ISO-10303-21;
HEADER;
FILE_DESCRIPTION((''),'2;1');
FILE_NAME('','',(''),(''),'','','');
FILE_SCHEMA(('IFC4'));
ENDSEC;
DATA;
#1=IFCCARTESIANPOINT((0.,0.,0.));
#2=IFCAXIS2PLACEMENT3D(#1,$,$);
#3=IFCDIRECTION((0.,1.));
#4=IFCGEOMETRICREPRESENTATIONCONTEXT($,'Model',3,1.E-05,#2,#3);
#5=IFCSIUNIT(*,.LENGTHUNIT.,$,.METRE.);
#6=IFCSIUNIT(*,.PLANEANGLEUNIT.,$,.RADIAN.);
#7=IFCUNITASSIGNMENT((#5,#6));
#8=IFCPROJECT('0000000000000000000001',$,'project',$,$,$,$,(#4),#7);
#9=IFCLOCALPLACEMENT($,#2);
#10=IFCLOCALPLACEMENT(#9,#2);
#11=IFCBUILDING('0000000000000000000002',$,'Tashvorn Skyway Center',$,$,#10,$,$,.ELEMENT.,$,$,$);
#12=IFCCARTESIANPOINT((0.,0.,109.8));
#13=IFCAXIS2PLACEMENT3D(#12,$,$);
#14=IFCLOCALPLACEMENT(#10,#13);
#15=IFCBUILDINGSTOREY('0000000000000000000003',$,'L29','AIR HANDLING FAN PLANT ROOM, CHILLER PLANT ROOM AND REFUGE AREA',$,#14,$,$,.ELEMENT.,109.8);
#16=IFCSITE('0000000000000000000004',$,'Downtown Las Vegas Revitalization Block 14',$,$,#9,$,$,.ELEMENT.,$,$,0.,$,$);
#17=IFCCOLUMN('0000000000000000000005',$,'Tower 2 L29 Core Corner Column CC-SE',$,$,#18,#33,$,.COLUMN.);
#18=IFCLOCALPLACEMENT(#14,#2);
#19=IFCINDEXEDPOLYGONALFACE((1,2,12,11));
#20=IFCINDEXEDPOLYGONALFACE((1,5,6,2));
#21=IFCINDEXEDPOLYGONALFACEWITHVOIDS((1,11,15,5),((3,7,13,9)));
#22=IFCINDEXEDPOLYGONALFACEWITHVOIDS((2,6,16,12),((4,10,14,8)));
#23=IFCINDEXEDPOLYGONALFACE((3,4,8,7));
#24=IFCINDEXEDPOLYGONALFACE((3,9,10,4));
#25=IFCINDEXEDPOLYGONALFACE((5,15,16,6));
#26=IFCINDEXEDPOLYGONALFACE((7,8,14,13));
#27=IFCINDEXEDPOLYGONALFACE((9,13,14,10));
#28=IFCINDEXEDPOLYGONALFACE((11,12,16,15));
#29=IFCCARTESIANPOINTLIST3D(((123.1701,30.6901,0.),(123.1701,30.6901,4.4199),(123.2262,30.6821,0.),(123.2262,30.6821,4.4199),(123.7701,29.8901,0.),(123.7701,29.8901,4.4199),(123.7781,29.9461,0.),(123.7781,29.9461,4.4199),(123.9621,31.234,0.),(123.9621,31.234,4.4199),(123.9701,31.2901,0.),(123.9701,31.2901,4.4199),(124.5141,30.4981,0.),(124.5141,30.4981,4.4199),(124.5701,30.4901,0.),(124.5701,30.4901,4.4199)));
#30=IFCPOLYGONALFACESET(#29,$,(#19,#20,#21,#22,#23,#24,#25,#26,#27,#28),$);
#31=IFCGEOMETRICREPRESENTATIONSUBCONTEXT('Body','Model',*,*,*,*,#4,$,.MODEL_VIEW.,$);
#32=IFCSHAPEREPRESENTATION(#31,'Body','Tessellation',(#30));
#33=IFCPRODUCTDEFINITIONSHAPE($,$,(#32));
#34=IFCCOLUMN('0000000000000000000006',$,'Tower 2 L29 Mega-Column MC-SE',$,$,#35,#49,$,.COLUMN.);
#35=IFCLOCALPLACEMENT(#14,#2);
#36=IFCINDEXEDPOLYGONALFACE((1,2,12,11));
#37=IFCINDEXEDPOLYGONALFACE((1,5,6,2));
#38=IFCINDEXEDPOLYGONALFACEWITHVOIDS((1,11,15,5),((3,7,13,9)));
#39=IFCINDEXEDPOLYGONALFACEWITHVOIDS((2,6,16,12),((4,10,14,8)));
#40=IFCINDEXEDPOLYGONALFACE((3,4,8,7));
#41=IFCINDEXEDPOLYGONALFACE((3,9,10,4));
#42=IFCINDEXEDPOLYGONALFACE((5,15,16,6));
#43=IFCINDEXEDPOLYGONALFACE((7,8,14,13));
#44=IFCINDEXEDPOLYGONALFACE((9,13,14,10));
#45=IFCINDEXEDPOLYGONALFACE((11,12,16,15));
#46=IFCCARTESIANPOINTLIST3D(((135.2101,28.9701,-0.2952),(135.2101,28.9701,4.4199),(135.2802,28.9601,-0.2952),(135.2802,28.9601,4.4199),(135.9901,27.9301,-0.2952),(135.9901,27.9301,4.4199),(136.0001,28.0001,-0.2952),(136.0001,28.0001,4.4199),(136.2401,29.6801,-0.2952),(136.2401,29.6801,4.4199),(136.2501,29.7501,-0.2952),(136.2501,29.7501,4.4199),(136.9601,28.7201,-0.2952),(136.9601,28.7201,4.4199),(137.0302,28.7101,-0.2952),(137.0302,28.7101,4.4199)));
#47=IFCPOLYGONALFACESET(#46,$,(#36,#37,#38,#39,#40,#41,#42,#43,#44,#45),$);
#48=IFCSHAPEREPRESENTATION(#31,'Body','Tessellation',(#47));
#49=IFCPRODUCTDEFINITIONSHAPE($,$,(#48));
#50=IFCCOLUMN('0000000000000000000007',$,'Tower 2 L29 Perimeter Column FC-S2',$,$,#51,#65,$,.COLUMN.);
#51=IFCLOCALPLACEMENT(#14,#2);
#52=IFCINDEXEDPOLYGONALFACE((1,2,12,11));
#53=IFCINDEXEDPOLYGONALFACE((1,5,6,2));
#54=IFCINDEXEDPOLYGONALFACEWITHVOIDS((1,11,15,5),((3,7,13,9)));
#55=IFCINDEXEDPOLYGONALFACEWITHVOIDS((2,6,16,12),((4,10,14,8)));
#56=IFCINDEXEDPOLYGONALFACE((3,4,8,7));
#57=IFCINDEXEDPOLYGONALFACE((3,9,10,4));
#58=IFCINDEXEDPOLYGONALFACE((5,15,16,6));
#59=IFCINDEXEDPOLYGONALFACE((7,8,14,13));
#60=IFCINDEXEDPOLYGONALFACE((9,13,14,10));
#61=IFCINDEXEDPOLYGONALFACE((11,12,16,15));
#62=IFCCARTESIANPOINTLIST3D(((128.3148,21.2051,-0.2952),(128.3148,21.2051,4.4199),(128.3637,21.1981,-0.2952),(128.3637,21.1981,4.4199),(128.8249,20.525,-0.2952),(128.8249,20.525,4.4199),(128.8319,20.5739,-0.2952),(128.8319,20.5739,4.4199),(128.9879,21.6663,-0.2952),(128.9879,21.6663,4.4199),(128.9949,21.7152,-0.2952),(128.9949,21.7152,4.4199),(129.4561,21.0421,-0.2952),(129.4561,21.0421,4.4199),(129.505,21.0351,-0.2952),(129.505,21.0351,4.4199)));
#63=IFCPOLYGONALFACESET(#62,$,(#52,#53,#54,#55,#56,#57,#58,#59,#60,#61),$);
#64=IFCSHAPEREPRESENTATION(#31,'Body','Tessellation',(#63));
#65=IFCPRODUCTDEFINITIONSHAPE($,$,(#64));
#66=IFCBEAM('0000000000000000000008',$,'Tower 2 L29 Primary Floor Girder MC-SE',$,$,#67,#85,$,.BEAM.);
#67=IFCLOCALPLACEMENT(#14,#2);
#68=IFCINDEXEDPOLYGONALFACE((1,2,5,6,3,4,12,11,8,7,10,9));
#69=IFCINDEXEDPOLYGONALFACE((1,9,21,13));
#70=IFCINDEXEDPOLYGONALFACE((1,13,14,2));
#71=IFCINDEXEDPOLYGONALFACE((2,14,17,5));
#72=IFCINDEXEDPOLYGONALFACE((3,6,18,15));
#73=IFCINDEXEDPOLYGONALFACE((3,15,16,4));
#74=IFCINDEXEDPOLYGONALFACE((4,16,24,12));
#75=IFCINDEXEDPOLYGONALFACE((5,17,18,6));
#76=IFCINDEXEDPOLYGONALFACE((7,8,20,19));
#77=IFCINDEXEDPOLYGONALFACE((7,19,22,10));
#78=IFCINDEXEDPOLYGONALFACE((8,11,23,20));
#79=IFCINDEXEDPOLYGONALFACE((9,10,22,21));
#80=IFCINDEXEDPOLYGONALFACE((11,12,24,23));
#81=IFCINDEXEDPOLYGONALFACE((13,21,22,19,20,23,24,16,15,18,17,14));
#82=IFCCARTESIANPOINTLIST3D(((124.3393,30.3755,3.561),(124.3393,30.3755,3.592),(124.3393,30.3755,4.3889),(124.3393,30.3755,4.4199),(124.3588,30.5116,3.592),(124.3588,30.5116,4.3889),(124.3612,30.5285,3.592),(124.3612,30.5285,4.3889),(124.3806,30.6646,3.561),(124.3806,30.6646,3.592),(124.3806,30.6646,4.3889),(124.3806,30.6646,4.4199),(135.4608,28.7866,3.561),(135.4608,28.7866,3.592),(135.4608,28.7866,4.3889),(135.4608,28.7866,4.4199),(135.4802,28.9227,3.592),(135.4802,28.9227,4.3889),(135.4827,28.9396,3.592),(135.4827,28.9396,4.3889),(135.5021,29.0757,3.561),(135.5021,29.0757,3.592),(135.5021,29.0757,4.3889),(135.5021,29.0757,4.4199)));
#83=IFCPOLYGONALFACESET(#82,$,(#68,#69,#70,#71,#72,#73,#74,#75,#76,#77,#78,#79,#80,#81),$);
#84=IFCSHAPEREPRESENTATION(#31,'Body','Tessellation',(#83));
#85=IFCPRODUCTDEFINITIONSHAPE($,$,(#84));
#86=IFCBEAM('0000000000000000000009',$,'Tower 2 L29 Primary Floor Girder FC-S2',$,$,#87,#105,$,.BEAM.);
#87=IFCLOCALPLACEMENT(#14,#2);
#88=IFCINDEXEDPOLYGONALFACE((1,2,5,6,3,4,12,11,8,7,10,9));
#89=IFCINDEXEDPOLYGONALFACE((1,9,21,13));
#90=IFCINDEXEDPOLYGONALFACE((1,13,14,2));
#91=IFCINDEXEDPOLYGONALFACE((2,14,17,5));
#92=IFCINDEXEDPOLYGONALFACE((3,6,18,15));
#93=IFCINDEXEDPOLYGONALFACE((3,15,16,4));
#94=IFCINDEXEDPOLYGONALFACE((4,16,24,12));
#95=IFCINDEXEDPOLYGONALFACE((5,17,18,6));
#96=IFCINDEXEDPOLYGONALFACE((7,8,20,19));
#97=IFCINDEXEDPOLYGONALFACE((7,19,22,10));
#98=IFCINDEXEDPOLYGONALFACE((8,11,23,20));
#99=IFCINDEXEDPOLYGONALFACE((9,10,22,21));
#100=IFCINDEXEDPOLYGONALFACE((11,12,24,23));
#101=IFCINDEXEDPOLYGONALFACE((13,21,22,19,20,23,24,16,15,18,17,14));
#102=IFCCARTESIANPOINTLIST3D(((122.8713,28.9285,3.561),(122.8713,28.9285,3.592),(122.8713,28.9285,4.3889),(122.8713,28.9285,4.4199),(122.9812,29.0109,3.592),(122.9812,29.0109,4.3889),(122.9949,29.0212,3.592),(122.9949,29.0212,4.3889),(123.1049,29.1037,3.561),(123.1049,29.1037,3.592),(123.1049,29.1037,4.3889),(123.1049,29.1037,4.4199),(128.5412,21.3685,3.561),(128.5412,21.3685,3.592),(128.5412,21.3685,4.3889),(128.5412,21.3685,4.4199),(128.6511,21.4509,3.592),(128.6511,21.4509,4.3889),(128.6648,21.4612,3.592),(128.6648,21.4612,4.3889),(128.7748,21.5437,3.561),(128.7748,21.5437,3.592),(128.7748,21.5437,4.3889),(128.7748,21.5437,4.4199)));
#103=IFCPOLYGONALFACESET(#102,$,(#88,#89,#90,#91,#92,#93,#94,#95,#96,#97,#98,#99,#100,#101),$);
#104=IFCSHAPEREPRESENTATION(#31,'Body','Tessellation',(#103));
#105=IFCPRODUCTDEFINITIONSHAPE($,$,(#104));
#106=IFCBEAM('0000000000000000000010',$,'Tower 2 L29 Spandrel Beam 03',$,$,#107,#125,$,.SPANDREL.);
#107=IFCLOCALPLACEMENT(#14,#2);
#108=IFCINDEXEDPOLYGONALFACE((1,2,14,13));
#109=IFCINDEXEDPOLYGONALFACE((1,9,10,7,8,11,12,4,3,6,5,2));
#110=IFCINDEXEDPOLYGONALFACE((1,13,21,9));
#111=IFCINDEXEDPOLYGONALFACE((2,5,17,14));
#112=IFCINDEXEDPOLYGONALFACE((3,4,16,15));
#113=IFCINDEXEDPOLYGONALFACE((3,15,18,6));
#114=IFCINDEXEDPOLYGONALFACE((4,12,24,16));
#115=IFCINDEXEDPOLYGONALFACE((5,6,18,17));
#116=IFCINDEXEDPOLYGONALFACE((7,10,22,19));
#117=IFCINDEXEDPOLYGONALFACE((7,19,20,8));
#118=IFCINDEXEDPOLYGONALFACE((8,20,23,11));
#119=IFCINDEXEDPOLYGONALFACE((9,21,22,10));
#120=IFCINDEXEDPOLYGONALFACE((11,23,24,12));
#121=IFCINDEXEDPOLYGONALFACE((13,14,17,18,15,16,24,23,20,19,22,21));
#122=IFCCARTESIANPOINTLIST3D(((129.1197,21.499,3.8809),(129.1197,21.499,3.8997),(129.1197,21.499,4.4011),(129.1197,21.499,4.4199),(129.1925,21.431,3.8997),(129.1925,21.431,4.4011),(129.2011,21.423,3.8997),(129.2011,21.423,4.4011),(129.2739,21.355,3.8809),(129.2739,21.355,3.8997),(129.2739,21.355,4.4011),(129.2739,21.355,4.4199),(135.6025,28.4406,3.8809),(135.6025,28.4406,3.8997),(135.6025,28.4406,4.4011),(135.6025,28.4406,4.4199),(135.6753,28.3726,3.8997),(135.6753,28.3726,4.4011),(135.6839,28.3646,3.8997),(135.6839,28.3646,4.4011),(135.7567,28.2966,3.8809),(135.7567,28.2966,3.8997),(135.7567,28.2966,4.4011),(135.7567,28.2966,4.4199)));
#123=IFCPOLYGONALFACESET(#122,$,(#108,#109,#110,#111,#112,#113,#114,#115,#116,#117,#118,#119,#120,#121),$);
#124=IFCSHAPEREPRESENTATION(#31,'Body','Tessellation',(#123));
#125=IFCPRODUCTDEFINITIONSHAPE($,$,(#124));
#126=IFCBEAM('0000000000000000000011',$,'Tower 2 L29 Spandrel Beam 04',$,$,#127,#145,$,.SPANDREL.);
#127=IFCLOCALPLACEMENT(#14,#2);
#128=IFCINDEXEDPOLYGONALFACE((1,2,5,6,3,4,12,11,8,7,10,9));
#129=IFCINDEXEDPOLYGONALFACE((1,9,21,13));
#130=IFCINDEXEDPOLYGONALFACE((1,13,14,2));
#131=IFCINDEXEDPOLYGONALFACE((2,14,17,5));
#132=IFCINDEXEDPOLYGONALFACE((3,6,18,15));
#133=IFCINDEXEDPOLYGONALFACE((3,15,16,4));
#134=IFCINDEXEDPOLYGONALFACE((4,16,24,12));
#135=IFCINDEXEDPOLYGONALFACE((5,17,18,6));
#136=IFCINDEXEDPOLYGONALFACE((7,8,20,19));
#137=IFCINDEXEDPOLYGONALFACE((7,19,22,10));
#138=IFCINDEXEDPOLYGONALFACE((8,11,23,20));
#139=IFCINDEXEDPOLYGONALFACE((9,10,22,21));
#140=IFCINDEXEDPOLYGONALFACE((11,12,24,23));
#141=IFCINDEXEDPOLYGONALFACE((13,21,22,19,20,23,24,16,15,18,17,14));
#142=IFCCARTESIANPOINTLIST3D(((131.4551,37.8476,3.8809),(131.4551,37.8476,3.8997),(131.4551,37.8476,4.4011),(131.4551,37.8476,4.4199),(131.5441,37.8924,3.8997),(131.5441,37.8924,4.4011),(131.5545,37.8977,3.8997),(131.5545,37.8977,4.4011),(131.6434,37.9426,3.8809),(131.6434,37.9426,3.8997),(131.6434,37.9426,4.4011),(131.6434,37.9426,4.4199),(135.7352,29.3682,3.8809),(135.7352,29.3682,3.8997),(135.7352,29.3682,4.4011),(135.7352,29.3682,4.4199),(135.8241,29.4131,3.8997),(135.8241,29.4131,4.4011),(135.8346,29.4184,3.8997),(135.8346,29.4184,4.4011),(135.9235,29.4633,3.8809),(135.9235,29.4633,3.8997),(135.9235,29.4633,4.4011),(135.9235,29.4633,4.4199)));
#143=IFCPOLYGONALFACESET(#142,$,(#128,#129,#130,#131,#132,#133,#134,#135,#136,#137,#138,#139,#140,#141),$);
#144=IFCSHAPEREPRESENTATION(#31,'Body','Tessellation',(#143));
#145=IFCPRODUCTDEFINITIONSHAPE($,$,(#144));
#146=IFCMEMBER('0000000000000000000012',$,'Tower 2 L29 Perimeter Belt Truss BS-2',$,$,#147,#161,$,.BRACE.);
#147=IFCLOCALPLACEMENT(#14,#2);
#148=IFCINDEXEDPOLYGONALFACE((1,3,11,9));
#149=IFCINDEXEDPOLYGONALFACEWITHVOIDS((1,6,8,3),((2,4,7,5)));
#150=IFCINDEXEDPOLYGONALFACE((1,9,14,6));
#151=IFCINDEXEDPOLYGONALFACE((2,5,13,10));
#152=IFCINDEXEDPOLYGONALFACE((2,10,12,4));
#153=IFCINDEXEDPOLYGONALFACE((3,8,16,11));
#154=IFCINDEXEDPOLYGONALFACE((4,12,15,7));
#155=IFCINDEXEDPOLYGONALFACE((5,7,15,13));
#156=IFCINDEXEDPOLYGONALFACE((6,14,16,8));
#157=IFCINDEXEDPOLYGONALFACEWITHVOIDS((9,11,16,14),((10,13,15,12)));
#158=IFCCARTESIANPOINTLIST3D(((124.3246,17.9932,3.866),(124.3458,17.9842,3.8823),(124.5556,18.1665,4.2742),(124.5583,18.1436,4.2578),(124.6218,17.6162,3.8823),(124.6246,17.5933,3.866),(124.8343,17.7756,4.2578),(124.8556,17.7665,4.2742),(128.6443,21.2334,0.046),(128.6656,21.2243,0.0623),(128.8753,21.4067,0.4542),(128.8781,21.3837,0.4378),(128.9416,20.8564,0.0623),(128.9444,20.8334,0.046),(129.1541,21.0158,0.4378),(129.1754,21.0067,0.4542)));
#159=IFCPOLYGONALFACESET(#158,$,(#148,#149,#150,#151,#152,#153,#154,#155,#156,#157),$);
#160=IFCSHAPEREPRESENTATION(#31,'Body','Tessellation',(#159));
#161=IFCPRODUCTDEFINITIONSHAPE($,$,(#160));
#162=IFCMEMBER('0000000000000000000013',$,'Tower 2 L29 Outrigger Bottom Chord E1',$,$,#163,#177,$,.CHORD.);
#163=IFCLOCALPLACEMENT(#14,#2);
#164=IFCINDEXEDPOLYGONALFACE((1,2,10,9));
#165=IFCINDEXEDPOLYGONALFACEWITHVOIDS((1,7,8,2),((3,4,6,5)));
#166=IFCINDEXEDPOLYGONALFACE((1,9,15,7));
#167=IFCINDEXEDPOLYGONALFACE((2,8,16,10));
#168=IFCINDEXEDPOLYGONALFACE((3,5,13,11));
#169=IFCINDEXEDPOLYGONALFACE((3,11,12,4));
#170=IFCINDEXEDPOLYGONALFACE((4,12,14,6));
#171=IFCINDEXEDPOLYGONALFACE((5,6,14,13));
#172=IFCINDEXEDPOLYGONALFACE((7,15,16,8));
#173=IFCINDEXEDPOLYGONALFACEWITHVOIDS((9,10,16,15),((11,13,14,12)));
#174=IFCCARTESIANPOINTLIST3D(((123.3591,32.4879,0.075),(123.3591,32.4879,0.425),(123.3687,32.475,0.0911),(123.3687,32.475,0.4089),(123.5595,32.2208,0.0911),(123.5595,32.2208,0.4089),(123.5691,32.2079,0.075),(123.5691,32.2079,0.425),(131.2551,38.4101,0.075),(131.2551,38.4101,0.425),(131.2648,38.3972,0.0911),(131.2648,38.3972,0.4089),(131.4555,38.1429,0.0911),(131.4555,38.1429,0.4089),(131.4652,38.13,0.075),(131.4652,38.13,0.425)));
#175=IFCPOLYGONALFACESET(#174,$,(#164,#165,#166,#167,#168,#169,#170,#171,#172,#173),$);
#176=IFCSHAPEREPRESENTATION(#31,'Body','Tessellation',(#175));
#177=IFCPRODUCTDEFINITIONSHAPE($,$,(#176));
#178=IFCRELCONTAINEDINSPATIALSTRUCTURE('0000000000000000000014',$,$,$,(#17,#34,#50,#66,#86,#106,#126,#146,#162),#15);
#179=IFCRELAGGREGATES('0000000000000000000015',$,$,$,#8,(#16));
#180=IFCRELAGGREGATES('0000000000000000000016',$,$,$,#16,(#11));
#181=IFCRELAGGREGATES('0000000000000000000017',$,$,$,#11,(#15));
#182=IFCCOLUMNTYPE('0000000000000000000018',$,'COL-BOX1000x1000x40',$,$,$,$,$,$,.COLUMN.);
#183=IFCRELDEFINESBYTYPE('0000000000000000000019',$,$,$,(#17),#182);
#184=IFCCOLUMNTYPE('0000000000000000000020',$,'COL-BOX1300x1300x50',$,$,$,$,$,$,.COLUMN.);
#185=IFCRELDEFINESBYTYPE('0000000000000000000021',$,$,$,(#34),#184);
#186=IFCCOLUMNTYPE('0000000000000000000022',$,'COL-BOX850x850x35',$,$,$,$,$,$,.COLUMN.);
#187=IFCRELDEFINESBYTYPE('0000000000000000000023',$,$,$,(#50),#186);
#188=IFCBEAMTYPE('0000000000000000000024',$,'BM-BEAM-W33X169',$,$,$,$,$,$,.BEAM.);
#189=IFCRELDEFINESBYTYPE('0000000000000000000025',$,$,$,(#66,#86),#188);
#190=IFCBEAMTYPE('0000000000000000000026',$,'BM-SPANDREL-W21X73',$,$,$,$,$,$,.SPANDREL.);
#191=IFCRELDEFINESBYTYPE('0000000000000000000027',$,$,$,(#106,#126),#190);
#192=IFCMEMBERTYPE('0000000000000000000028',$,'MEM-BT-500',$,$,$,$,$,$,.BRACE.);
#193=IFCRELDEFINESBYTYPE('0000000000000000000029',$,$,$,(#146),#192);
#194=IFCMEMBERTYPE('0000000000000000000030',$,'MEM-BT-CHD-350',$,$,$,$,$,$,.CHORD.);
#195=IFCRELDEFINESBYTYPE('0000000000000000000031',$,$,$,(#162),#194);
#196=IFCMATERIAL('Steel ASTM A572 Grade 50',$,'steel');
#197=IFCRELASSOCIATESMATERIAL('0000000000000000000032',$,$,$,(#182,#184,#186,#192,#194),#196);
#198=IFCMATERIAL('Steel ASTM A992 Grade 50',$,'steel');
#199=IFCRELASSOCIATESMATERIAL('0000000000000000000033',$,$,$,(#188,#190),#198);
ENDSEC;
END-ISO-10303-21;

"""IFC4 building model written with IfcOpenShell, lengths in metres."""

from ifc_helpers import new_model, si_unit, direction, frame, origin, origin_2d, place, context, subcontext, project, spatial, hollow_rectangle, i_section, extrude, material, material_profile, profile_set, type_object, element, save


model = new_model("IFC4")

# Units and contexts
model_context = context("Model", 3, precision=1e-05, world=origin(), true_north=direction((0.0, 1.0)))
body_context = subcontext(model_context, "Body", "Model", "MODEL_VIEW")
ifc_project = project(units=[si_unit("LENGTHUNIT", "METRE"), si_unit("PLANEANGLEUNIT", "RADIAN")], contexts=[model_context])

# Site, building, storey
site_placement = place(None, origin())
site = spatial("IfcSite", under=ifc_project, at=site_placement, Name="Downtown Las Vegas Revitalization Block 14", CompositionType="ELEMENT", RefElevation=0.0)
building_placement = place(site_placement, origin())
building = spatial("IfcBuilding", under=site, at=building_placement, Name="Tashvorn Skyway Center", CompositionType="ELEMENT")
storey_placement = place(building_placement, frame((0.0, 0.0, 109.8)))
storey = spatial("IfcBuildingStorey", under=building, at=storey_placement, Name="L29", Description="AIR HANDLING FAN PLANT ROOM, CHILLER PLANT ROOM AND REFUGE AREA", CompositionType="ELEMENT", Elevation=109.8)

# Columns
ifc_material_1 = material(Name="Steel ASTM A572 Grade 50", Category="steel")
ifc_material_profile_1 = material_profile(ifc_material_1, hollow_rectangle(XDim=1.0, YDim=1.0, WallThickness=0.04, at=origin_2d()), Name="BOX1000x1000x40")
ifc_profile_set_1 = profile_set([ifc_material_profile_1], Name="Steel ASTM A572 Grade 50")
column_type_1 = type_object("IfcColumnType", Name="COL-BOX1000x1000x40", PredefinedType="COLUMN", material=ifc_profile_set_1)
column_1_placement = place(storey_placement, frame((123.8701, 30.5901, 0.0), z_axis=(0.0, 0.0, 1.0), x_axis=(0.8, 0.6, 0.0)))
element("IfcColumn", 1, at=column_1_placement, inside=storey, type_object=column_type_1, Name="Tower 2 L29 Core Corner Column CC-SE", PredefinedType="COLUMN", context=body_context, shape_type="SweptSolid", body=[
    extrude(hollow_rectangle(XDim=1.0, YDim=1.0, WallThickness=0.04, at=origin_2d()), origin(), (0.0, 0.0, 1.0), 4.4199),
])
ifc_material_profile_2 = material_profile(ifc_material_1, hollow_rectangle(XDim=1.3, YDim=1.3, WallThickness=0.05, at=origin_2d()), Name="BOX1300x1300x50")
ifc_profile_set_2 = profile_set([ifc_material_profile_2], Name="Steel ASTM A572 Grade 50")
column_type_2 = type_object("IfcColumnType", Name="COL-BOX1300x1300x50", PredefinedType="COLUMN", material=ifc_profile_set_2)
column_2_placement = place(storey_placement, frame((136.1201, 28.8401, -0.2952), z_axis=(0.0, 0.0, 1.0), x_axis=(0.8, 0.6, 0.0)))
element("IfcColumn", 2, at=column_2_placement, inside=storey, type_object=column_type_2, Name="Tower 2 L29 Mega-Column MC-SE", PredefinedType="COLUMN", context=body_context, shape_type="SweptSolid", body=[
    extrude(hollow_rectangle(XDim=1.3, YDim=1.3, WallThickness=0.05, at=origin_2d()), origin(), (0.0, 0.0, 1.0), 4.7151),
])
ifc_material_profile_3 = material_profile(ifc_material_1, hollow_rectangle(XDim=0.8501, YDim=0.8501, WallThickness=0.0349, at=origin_2d()), Name="BOX850x850x35")
ifc_profile_set_3 = profile_set([ifc_material_profile_3], Name="Steel ASTM A572 Grade 50")
column_type_3 = type_object("IfcColumnType", Name="COL-BOX850x850x35", PredefinedType="COLUMN", material=ifc_profile_set_3)
column_3_placement = place(storey_placement, frame((128.9099, 21.1201, -0.2952), z_axis=(0.0, 0.0, 1.0), x_axis=(0.8, 0.6, 0.0)))
element("IfcColumn", 3, at=column_3_placement, inside=storey, type_object=column_type_3, Name="Tower 2 L29 Perimeter Column FC-S2", PredefinedType="COLUMN", context=body_context, shape_type="SweptSolid", body=[
    extrude(hollow_rectangle(XDim=0.8501, YDim=0.8501, WallThickness=0.0349, at=origin_2d()), origin(), (0.0, 0.0, 1.0), 4.7151),
])

# Beams
ifc_material_2 = material(Name="Steel ASTM A992 Grade 50", Category="steel")
ifc_material_profile_4 = material_profile(ifc_material_2, i_section(OverallWidth=0.292, OverallDepth=0.8589, WebThickness=0.0171, FlangeThickness=0.031, at=origin_2d()), Name="W33X169")
ifc_profile_set_4 = profile_set([ifc_material_profile_4], Name="Steel ASTM A992 Grade 50")
beam_type_1 = type_object("IfcBeamType", Name="BM-BEAM-W33X169", PredefinedType="BEAM", material=ifc_profile_set_4)
beam_1_placement = place(storey_placement, frame((135.4814, 28.9312, 3.9905), z_axis=(-0.989948, 0.14143, 0.0), x_axis=(-0.14143, -0.989948, 0.0)))
element("IfcBeam", 4, at=beam_1_placement, inside=storey, type_object=beam_type_1, Name="Tower 2 L29 Primary Floor Girder MC-SE", PredefinedType="BEAM", context=body_context, shape_type="SweptSolid", body=[
    extrude(i_section(OverallWidth=0.292, OverallDepth=0.8589, WebThickness=0.0171, FlangeThickness=0.031, at=origin_2d()), origin(), (0.0, 0.0, 1.0), 11.2344),
])
beam_2_placement = place(storey_placement, frame((128.658, 21.4561, 3.9905), z_axis=(-0.599992, 0.800006, 0.0), x_axis=(-0.800006, -0.599992, 0.0)))
element("IfcBeam", 5, at=beam_2_placement, inside=storey, type_object=beam_type_1, Name="Tower 2 L29 Primary Floor Girder FC-S2", PredefinedType="BEAM", context=body_context, shape_type="SweptSolid", body=[
    extrude(i_section(OverallWidth=0.292, OverallDepth=0.8589, WebThickness=0.0171, FlangeThickness=0.031, at=origin_2d()), origin(), (0.0, 0.0, 1.0), 9.45),
])
ifc_material_profile_5 = material_profile(ifc_material_2, i_section(OverallWidth=0.2109, OverallDepth=0.5391, WebThickness=0.0117, FlangeThickness=0.0188, at=origin_2d()), Name="W21X73")
ifc_profile_set_5 = profile_set([ifc_material_profile_5], Name="Steel ASTM A992 Grade 50")
beam_type_2 = type_object("IfcBeamType", Name="BM-SPANDREL-W21X73", PredefinedType="SPANDREL", material=ifc_profile_set_5)
beam_3_placement = place(storey_placement, frame((129.1968, 21.427, 4.1504), z_axis=(0.682545, 0.730843, 0.0), x_axis=(-0.730843, 0.682545, 0.0)))
element("IfcBeam", 6, at=beam_3_placement, inside=storey, type_object=beam_type_2, Name="Tower 2 L29 Spandrel Beam 03", PredefinedType="SPANDREL", context=body_context, shape_type="SweptSolid", body=[
    extrude(i_section(OverallWidth=0.2109, OverallDepth=0.5391, WebThickness=0.0117, FlangeThickness=0.0188, at=origin_2d()), origin(), (0.0, 0.0, 1.0), 9.498),
])
beam_4_placement = place(storey_placement, frame((135.8293, 29.4158, 4.1504), z_axis=(-0.450614, 0.892719, 0.0), x_axis=(-0.892719, -0.450614, 0.0)))
element("IfcBeam", 7, at=beam_4_placement, inside=storey, type_object=beam_type_2, Name="Tower 2 L29 Spandrel Beam 04", PredefinedType="SPANDREL", context=body_context, shape_type="SweptSolid", body=[
    extrude(i_section(OverallWidth=0.2109, OverallDepth=0.5391, WebThickness=0.0117, FlangeThickness=0.0188, at=origin_2d()), origin(), (0.0, 0.0, 1.0), 9.4983),
])

# Members
ifc_material_profile_6 = material_profile(ifc_material_1, hollow_rectangle(XDim=0.5, YDim=0.5, WallThickness=0.02, at=origin_2d()), Name="HSS500x500x20")
ifc_profile_set_6 = profile_set([ifc_material_profile_6], Name="Steel ASTM A572 Grade 50")
member_type_1 = type_object("IfcMemberType", Name="MEM-BT-500", PredefinedType="BRACE", material=ifc_profile_set_6)
member_1_placement = place(storey_placement, frame((124.5901, 17.8799, 4.0701), z_axis=(0.653074, 0.489861, -0.577521), x_axis=(-0.600043, 0.799967, 0.0)))
element("IfcMember", 8, at=member_1_placement, inside=storey, type_object=member_type_1, Name="Tower 2 L29 Perimeter Belt Truss BS-2", PredefinedType="BRACE", context=body_context, shape_type="SweptSolid", body=[
    extrude(hollow_rectangle(XDim=0.5, YDim=0.5, WallThickness=0.02, at=origin_2d()), origin(), (0.0, 0.0, 1.0), 6.6145),
])
ifc_material_profile_7 = material_profile(ifc_material_1, hollow_rectangle(XDim=0.3501, YDim=0.3501, WallThickness=0.0161, at=origin_2d()), Name="HSS350x350x16")
ifc_profile_set_7 = profile_set([ifc_material_profile_7], Name="Steel ASTM A572 Grade 50")
member_type_2 = type_object("IfcMemberType", Name="MEM-BT-CHD-350", PredefinedType="CHORD", material=ifc_profile_set_7)
member_2_placement = place(storey_placement, frame((123.4641, 32.3479, 0.25), z_axis=(0.799994, 0.600008, 0.0), x_axis=(-0.600008, 0.799994, 0.0)))
element("IfcMember", 9, at=member_2_placement, inside=storey, type_object=member_type_2, Name="Tower 2 L29 Outrigger Bottom Chord E1", PredefinedType="CHORD", context=body_context, shape_type="SweptSolid", body=[
    extrude(hollow_rectangle(XDim=0.3501, YDim=0.3501, WallThickness=0.0161, at=origin_2d()), origin(), (0.0, 0.0, 1.0), 9.8701),
])

save(model, "model.ifc")
